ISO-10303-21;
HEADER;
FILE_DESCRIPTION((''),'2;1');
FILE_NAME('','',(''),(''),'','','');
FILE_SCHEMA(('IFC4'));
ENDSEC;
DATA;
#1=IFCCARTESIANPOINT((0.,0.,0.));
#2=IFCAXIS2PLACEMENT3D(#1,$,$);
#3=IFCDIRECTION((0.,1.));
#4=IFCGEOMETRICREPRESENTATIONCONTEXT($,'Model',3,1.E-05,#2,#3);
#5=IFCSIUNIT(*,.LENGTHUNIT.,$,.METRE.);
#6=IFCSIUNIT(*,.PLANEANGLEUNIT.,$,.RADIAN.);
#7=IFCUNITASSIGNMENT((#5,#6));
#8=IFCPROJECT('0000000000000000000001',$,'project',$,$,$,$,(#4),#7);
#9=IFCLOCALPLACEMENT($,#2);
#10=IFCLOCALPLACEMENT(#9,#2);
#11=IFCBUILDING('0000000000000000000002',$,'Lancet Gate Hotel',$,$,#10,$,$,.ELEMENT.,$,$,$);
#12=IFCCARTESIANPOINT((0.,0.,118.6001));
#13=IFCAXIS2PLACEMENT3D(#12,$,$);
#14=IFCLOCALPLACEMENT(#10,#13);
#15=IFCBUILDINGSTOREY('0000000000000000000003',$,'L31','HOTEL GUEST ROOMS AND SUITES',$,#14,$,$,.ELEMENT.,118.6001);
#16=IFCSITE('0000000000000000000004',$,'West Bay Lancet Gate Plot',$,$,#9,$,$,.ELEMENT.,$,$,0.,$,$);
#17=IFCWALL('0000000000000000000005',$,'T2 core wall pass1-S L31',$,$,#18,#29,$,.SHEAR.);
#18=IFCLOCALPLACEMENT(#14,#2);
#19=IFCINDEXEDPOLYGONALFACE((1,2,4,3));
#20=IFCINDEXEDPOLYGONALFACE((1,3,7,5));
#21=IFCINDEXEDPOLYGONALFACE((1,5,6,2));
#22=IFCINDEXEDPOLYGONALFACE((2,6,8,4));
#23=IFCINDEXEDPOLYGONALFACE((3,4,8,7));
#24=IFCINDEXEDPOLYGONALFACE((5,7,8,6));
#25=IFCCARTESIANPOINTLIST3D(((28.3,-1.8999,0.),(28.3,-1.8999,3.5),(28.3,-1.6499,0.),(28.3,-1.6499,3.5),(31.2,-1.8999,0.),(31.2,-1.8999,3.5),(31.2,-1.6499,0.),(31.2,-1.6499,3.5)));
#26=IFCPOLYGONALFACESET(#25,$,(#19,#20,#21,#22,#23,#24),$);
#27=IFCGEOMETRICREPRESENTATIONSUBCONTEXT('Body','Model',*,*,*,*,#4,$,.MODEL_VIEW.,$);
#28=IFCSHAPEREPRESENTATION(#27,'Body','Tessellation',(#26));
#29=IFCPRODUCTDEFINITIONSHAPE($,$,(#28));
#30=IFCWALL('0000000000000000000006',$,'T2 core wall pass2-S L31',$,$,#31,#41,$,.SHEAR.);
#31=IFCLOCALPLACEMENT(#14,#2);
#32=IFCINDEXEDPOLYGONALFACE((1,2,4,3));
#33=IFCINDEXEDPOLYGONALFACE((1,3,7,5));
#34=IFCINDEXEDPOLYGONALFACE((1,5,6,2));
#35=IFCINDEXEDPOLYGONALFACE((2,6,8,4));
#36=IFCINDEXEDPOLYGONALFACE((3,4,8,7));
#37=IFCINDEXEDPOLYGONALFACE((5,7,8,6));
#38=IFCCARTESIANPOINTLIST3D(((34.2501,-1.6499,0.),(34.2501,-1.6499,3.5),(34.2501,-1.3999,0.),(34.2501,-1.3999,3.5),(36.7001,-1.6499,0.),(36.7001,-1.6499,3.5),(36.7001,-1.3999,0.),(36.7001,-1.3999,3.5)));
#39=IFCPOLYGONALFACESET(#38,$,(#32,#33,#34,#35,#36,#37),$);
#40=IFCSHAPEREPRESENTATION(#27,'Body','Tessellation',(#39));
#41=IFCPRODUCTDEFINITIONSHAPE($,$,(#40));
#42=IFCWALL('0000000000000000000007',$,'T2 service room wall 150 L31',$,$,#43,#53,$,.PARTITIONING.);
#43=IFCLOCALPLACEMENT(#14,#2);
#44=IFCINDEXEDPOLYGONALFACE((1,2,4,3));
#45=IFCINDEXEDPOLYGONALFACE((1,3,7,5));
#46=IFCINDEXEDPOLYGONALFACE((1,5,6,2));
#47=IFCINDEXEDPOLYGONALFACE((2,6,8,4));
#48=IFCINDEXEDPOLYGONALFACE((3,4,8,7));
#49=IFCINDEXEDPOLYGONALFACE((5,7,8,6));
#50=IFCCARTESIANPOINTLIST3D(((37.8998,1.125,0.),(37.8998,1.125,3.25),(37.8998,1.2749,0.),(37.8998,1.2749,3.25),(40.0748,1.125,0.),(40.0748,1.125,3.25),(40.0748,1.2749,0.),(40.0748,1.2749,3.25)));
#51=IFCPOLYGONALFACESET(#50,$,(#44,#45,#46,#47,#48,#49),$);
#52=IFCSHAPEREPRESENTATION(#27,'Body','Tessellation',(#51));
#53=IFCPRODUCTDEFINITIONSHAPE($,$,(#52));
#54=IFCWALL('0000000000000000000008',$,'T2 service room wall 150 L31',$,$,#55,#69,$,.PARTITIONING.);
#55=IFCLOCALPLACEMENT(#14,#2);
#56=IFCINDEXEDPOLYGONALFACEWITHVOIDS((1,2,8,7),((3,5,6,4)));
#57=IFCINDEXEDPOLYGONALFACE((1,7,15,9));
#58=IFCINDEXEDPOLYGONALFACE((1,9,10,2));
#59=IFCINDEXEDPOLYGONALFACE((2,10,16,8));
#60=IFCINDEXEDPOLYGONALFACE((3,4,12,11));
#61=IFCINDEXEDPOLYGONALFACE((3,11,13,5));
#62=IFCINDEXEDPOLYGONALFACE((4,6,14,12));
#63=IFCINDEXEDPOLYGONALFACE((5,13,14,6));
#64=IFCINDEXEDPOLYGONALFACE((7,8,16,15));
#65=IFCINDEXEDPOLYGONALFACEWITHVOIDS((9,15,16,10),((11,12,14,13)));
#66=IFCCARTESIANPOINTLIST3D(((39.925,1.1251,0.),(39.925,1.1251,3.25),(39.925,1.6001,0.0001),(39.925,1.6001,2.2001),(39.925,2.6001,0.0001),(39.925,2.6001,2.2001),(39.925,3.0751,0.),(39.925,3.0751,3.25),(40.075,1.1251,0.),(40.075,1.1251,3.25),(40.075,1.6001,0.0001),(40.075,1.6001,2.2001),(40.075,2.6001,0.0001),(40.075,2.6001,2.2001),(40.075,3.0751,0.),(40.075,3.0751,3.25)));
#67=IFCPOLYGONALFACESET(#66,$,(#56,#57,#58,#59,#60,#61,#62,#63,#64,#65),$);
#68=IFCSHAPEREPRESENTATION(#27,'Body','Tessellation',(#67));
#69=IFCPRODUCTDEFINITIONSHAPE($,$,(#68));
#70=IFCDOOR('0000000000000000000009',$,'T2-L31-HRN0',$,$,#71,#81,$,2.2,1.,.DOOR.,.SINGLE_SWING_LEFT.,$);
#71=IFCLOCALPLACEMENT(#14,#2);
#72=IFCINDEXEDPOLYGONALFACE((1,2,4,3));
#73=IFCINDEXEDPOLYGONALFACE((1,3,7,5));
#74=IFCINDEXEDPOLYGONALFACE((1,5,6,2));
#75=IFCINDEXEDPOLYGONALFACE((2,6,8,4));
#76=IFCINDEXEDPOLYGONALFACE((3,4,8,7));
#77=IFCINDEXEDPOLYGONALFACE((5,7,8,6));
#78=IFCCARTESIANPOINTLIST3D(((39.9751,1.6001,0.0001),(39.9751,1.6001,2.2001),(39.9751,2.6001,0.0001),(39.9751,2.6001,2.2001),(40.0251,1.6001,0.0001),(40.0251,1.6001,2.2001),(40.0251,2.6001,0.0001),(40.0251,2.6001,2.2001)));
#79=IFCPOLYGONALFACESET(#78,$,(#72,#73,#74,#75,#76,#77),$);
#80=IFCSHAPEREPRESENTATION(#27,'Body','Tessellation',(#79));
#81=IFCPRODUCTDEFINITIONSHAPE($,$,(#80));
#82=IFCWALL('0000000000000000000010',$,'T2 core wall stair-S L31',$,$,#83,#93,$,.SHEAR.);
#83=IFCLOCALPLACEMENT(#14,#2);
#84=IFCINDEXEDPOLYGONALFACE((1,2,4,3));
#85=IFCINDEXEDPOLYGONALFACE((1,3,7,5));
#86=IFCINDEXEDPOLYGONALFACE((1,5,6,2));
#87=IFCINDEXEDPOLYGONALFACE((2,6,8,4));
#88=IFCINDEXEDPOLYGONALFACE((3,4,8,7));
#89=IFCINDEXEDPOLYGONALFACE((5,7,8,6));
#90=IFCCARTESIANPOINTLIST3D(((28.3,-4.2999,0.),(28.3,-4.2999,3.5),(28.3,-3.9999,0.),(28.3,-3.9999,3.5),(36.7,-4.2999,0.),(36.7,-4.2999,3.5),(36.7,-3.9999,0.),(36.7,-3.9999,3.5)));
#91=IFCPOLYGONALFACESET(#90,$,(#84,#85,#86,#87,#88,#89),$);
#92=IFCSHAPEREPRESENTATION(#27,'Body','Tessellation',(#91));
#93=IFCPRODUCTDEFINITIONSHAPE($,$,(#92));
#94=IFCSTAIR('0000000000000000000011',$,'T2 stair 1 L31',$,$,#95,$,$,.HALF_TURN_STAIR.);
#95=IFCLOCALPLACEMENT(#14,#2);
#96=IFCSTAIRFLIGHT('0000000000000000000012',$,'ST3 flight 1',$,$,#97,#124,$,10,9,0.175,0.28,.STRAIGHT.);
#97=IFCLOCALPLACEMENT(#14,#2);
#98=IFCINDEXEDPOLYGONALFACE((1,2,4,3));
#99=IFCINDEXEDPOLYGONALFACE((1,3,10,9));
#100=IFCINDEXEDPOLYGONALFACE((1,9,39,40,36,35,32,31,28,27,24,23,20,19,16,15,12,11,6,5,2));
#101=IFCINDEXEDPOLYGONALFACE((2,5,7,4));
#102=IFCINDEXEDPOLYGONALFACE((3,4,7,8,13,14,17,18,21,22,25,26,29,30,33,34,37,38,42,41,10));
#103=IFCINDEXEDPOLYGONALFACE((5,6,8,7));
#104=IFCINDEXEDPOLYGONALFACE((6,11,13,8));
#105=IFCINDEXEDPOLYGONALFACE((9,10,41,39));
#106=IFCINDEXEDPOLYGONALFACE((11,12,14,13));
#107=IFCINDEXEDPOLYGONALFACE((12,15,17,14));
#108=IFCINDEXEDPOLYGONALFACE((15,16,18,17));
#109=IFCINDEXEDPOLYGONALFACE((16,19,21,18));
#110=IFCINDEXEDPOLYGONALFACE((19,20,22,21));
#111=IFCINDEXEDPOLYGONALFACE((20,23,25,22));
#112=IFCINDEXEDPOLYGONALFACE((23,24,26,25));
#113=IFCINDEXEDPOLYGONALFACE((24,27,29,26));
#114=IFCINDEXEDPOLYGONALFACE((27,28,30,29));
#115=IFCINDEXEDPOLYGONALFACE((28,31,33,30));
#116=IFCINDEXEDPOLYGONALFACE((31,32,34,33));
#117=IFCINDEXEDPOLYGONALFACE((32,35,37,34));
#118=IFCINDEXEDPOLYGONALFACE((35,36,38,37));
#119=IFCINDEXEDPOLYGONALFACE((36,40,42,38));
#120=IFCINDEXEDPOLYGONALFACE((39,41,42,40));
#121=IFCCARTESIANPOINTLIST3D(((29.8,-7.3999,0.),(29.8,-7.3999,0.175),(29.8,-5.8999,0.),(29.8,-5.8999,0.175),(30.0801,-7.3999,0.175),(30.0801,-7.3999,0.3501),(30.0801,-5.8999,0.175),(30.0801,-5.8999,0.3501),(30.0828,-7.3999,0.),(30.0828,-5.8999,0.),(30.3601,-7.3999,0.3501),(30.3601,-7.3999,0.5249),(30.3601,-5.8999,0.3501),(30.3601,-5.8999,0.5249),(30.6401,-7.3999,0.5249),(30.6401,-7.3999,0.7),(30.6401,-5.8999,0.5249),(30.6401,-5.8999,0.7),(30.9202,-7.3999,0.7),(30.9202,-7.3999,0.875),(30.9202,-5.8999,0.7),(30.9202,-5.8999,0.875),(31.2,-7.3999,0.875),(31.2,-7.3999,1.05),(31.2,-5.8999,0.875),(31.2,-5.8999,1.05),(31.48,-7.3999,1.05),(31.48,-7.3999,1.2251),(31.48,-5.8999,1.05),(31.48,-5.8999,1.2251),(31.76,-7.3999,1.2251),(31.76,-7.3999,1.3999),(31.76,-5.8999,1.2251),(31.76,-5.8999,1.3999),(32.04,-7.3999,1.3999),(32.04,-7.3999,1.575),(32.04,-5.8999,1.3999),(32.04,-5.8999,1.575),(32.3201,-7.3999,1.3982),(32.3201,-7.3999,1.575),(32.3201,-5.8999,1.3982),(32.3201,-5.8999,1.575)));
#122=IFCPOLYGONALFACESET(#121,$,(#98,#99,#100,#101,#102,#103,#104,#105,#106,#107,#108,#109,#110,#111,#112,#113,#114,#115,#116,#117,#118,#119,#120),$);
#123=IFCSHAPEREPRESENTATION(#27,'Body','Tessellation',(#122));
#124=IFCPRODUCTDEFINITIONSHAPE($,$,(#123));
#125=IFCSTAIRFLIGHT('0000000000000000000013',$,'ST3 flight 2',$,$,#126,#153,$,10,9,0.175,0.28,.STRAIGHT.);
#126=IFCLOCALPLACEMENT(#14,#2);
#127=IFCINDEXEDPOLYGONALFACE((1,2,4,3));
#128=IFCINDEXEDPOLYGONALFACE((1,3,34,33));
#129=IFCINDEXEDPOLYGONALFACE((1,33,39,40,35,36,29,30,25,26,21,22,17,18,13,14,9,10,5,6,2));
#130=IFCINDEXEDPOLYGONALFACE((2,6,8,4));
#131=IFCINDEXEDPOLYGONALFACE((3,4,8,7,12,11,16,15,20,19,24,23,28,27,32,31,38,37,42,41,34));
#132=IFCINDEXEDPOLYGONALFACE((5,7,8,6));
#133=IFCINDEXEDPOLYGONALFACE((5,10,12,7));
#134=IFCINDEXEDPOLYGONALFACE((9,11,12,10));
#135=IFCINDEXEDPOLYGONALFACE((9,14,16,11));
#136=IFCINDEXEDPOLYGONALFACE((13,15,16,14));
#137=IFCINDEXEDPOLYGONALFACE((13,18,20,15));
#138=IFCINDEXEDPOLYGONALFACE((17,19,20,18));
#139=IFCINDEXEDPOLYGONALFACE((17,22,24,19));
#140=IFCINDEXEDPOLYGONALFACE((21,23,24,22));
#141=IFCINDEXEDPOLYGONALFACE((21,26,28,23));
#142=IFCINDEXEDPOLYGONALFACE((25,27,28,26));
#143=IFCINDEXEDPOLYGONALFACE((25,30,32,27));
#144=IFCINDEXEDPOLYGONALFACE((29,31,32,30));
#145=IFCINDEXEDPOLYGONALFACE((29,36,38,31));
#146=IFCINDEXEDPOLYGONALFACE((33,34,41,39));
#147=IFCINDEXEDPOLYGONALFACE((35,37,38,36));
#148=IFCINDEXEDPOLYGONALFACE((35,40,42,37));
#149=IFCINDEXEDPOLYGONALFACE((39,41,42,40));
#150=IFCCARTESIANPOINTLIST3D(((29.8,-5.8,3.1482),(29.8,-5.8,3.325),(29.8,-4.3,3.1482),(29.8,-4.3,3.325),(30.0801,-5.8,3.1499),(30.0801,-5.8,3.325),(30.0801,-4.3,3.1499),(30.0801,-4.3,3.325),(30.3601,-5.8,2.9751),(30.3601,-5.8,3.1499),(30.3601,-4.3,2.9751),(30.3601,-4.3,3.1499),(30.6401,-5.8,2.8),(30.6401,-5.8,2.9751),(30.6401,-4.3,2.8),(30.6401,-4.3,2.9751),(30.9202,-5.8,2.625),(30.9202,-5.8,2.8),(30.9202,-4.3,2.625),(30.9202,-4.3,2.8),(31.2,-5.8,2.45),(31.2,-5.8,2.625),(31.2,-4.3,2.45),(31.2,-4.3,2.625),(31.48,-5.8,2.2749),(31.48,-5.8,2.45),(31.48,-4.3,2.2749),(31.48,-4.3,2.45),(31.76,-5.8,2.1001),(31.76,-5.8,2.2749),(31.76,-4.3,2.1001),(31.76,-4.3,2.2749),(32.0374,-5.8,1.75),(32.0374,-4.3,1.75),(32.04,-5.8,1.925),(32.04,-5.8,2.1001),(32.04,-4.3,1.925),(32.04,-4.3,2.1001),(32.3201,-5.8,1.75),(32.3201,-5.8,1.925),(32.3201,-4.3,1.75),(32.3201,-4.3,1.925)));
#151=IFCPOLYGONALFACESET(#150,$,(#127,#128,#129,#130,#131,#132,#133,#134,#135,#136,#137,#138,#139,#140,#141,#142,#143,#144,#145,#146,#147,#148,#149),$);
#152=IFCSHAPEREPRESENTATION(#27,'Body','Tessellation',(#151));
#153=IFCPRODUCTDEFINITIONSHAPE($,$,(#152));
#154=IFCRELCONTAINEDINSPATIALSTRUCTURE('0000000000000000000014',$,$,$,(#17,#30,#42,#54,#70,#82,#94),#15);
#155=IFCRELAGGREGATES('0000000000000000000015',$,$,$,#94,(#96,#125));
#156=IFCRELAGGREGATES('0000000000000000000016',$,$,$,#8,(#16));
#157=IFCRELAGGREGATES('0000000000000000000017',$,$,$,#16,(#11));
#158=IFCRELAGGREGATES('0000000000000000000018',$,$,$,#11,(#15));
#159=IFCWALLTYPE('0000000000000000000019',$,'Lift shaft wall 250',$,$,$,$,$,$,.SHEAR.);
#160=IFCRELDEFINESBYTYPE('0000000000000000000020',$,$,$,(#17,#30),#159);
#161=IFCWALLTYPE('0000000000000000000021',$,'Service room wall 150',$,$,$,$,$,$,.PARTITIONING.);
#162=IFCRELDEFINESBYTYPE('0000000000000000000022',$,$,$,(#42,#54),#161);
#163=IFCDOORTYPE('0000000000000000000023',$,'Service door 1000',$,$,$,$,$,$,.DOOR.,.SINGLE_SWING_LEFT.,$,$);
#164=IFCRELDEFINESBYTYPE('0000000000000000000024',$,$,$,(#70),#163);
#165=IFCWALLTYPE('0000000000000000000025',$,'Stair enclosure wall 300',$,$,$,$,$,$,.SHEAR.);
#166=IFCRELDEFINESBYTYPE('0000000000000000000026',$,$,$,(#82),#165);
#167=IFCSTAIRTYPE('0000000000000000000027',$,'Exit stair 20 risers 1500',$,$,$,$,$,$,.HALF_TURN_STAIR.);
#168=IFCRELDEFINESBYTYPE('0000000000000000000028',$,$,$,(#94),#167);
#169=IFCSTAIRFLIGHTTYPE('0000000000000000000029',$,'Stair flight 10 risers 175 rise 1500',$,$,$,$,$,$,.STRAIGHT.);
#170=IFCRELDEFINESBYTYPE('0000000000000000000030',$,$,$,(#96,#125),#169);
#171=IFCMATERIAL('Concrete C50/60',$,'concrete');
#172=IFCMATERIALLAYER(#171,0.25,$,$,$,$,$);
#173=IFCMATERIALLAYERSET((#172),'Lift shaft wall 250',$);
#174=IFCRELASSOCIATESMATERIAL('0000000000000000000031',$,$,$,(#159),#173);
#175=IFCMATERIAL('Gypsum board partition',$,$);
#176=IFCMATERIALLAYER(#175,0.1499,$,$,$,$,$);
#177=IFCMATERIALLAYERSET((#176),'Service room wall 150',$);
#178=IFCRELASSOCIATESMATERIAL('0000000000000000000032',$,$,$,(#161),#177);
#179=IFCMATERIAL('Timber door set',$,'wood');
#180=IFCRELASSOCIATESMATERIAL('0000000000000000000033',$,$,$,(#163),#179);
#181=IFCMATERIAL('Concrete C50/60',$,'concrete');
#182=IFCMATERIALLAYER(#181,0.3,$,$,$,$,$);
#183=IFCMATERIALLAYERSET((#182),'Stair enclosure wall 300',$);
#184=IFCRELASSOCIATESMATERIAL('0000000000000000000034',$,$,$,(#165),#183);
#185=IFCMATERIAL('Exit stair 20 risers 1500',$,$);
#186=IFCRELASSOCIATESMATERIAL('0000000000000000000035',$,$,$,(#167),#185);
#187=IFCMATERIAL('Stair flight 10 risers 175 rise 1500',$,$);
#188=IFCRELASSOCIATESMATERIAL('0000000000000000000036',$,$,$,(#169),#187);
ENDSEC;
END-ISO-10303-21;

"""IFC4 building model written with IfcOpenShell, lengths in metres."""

from ifc_helpers import new_model, si_unit, direction, frame, frame_2d, origin, place, context, subcontext, project, spatial, polyline, rectangle, outline, extrude, material, layer, layer_set, type_object, element, fill, aggregate, save


model = new_model("IFC4")

# Units and contexts
model_context = context("Model", 3, precision=1e-05, world=origin(), true_north=direction((0.0, 1.0)))
body_context = subcontext(model_context, "Body", "Model", "MODEL_VIEW")
ifc_project = project(units=[si_unit("LENGTHUNIT", "METRE"), si_unit("PLANEANGLEUNIT", "RADIAN")], contexts=[model_context])

# Site, building, storey
site_placement = place(None, origin())
site = spatial("IfcSite", under=ifc_project, at=site_placement, Name="West Bay Lancet Gate Plot", CompositionType="ELEMENT", RefElevation=0.0)
building_placement = place(site_placement, origin())
building = spatial("IfcBuilding", under=site, at=building_placement, Name="Lancet Gate Hotel", CompositionType="ELEMENT")
storey_placement = place(building_placement, frame((0.0, 0.0, 118.6001)))
storey = spatial("IfcBuildingStorey", under=building, at=storey_placement, Name="L31", Description="HOTEL GUEST ROOMS AND SUITES", CompositionType="ELEMENT", Elevation=118.6001)

# Shared definitions
ifc_material_1 = material(Name="Concrete C50/60", Category="concrete")
ifc_layer_1 = layer(ifc_material_1, 0.25)
ifc_layer_set_1 = layer_set([ifc_layer_1], Name="Lift shaft wall 250")
wall_type_1 = type_object("IfcWallType", Name="Lift shaft wall 250", PredefinedType="SHEAR", material=ifc_layer_set_1)

# Walls
wall_1_placement = place(storey_placement, frame((28.3, -1.7749, 0.0), z_axis=(0.0, 0.0, 1.0), x_axis=(1.0, 0.0, 0.0)))
element("IfcWall", 1, at=wall_1_placement, inside=storey, type_object=wall_type_1, Name="T2 core wall pass1-S L31", PredefinedType="SHEAR", context=body_context, shape_type="SweptSolid", body=[
    extrude(rectangle(XDim=2.8999, YDim=0.25, at=frame_2d((1.45, 0.0))), origin(), (0.0, 0.0, 1.0), 3.5),
])
wall_2_placement = place(storey_placement, frame((34.25, -1.5249, 0.0), z_axis=(0.0, 0.0, 1.0), x_axis=(1.0, 0.0, 0.0)))
element("IfcWall", 2, at=wall_2_placement, inside=storey, type_object=wall_type_1, Name="T2 core wall pass2-S L31", PredefinedType="SHEAR", context=body_context, shape_type="SweptSolid", body=[
    extrude(rectangle(XDim=2.45, YDim=0.25, at=frame_2d((1.2251, 0.0))), origin(), (0.0, 0.0, 1.0), 3.5),
])
ifc_material_2 = material(Name="Gypsum board partition")
ifc_layer_2 = layer(ifc_material_2, 0.1499)
ifc_layer_set_2 = layer_set([ifc_layer_2], Name="Service room wall 150")
wall_type_2 = type_object("IfcWallType", Name="Service room wall 150", PredefinedType="PARTITIONING", material=ifc_layer_set_2)
wall_3_placement = place(storey_placement, frame((37.8999, 1.2, 0.0), z_axis=(0.0, 0.0, 1.0), x_axis=(1.0, 0.0, 0.0)))
element("IfcWall", 3, at=wall_3_placement, inside=storey, type_object=wall_type_2, Name="T2 service room wall 150 L31", PredefinedType="PARTITIONING", context=body_context, shape_type="SweptSolid", body=[
    extrude(rectangle(XDim=2.175, YDim=0.1499, at=frame_2d((1.0874, 0.0))), origin(), (0.0, 0.0, 1.0), 3.25),
])

# Wall, opening, door
wall_4_placement = place(storey_placement, frame((40.0, 1.125, 0.0), z_axis=(0.0, 0.0, 1.0), x_axis=(0.0, 1.0, 0.0)))
wall_4 = element("IfcWall", 4, at=wall_4_placement, inside=storey, type_object=wall_type_2, Name="T2 service room wall 150 L31", PredefinedType="PARTITIONING", context=body_context, shape_type="SweptSolid", body=[
    extrude(rectangle(XDim=1.95, YDim=0.1499, at=frame_2d((0.9751, 0.0))), origin(), (0.0, 0.0, 1.0), 3.25),
])
opening_1_placement = place(wall_4_placement, frame((0.4751, 0.0, 0.0)))
opening_1 = element("IfcOpeningElement", 5, at=opening_1_placement, cuts=wall_4, PredefinedType="OPENING", context=body_context, shape_type="SweptSolid", body=[
    extrude(rectangle(XDim=1.0, YDim=2.2, at=frame_2d((0.5, 1.1001))), frame((0.0, 0.085, 0.0), z_axis=(0.0, -1.0, 0.0), x_axis=(1.0, 0.0, 0.0)), (0.0, 0.0, 1.0), 0.1699),
])
ifc_material_3 = material(Name="Timber door set", Category="wood")
door_type_1 = type_object("IfcDoorType", Name="Service door 1000", OperationType="SINGLE_SWING_LEFT", PredefinedType="DOOR", material=ifc_material_3)
door_1_placement = place(opening_1_placement, origin())
door_1 = element("IfcDoor", 6, at=door_1_placement, inside=storey, type_object=door_type_1, Name="T2-L31-HRN0", OperationType="SINGLE_SWING_LEFT", OverallHeight=2.2, OverallWidth=1.0, PredefinedType="DOOR", context=body_context, shape_type="SweptSolid", body=[
    extrude(rectangle(XDim=1.0, YDim=2.2, at=frame_2d((0.5, 1.1001))), frame((0.0, 0.0249, 0.0), z_axis=(0.0, -1.0, 0.0), x_axis=(1.0, 0.0, 0.0)), (0.0, 0.0, 1.0), 0.05),
])
fill(opening_1, door_1)

# Wall
ifc_material_4 = material(Name="Concrete C50/60", Category="concrete")
ifc_layer_3 = layer(ifc_material_4, 0.3)
ifc_layer_set_3 = layer_set([ifc_layer_3], Name="Stair enclosure wall 300")
wall_type_3 = type_object("IfcWallType", Name="Stair enclosure wall 300", PredefinedType="SHEAR", material=ifc_layer_set_3)
wall_5_placement = place(storey_placement, frame((28.3, -4.1499, 0.0), z_axis=(0.0, 0.0, 1.0), x_axis=(1.0, 0.0, 0.0)))
element("IfcWall", 7, at=wall_5_placement, inside=storey, type_object=wall_type_3, Name="T2 core wall stair-S L31", PredefinedType="SHEAR", context=body_context, shape_type="SweptSolid", body=[
    extrude(rectangle(XDim=8.3999, YDim=0.3, at=frame_2d((4.2, 0.0))), origin(), (0.0, 0.0, 1.0), 3.5),
])

# Stair, stair flights
ifc_material_5 = material(Name="Exit stair 20 risers 1500")
stair_type = type_object("IfcStairType", Name="Exit stair 20 risers 1500", PredefinedType="HALF_TURN_STAIR", material=ifc_material_5)
stair_placement = place(storey_placement, origin())
stair = element("IfcStair", 8, at=stair_placement, inside=storey, type_object=stair_type, Name="T2 stair 1 L31", PredefinedType="HALF_TURN_STAIR")
ifc_material_6 = material(Name="Stair flight 10 risers 175 rise 1500")
stair_flight_type = type_object("IfcStairFlightType", Name="Stair flight 10 risers 175 rise 1500", PredefinedType="STRAIGHT", material=ifc_material_6)
stair_flight_1_placement = place(storey_placement, frame((29.8, -6.6499, 0.0), z_axis=(0.0, 0.0, 1.0), x_axis=(1.0, 0.0, 0.0)))
stair_flight_1 = element("IfcStairFlight", 9, at=stair_flight_1_placement, type_object=stair_flight_type, Name="ST3 flight 1", NumberOfRisers=10, NumberOfTreads=9, PredefinedType="STRAIGHT", RiserHeight=0.175, TreadLength=0.28, context=body_context, shape_type="SweptSolid", body=[
    extrude(outline(polyline([(0.0, 0.0), (0.0, 0.175), (0.28, 0.175), (0.28, 0.3501), (0.5601, 0.3501), (0.5601, 0.5249), (0.8401, 0.5249), (0.8401, 0.7), (1.1201, 0.7), (1.1201, 0.875), (1.3999, 0.875), (1.3999, 1.05), (1.6799, 1.05), (1.6799, 1.2251), (1.96, 1.2251), (1.96, 1.3999), (2.24, 1.3999), (2.24, 1.575), (2.52, 1.575), (2.52, 1.75), (2.52, 1.3982), (0.2827, 0.0), (0.0, 0.0)])), frame((0.0, 0.75, 0.0), z_axis=(0.0, -1.0, 0.0), x_axis=(1.0, 0.0, 0.0)), (0.0, 0.0, 1.0), 1.5),
])
stair_flight_2_placement = place(storey_placement, frame((32.3201, -5.05, 1.75), z_axis=(0.0, 0.0, 1.0), x_axis=(-1.0, 0.0, 0.0)))
stair_flight_2 = element("IfcStairFlight", 10, at=stair_flight_2_placement, type_object=stair_flight_type, Name="ST3 flight 2", NumberOfRisers=10, NumberOfTreads=9, PredefinedType="STRAIGHT", RiserHeight=0.175, TreadLength=0.28, context=body_context, shape_type="SweptSolid", body=[
    extrude(outline(polyline([(0.0, 0.0), (0.0, 0.175), (0.28, 0.175), (0.28, 0.3501), (0.5601, 0.3501), (0.5601, 0.5249), (0.8401, 0.5249), (0.8401, 0.7), (1.1201, 0.7), (1.1201, 0.875), (1.3999, 0.875), (1.3999, 1.05), (1.6799, 1.05), (1.6799, 1.2251), (1.96, 1.2251), (1.96, 1.3999), (2.24, 1.3999), (2.24, 1.575), (2.52, 1.575), (2.52, 1.75), (2.52, 1.3982), (0.2827, 0.0), (0.0, 0.0)])), frame((0.0, 0.75, 0.0), z_axis=(0.0, -1.0, 0.0), x_axis=(1.0, 0.0, 0.0)), (0.0, 0.0, 1.0), 1.5),
])
aggregate(stair, [stair_flight_1, stair_flight_2])

save(model, "model.ifc")
